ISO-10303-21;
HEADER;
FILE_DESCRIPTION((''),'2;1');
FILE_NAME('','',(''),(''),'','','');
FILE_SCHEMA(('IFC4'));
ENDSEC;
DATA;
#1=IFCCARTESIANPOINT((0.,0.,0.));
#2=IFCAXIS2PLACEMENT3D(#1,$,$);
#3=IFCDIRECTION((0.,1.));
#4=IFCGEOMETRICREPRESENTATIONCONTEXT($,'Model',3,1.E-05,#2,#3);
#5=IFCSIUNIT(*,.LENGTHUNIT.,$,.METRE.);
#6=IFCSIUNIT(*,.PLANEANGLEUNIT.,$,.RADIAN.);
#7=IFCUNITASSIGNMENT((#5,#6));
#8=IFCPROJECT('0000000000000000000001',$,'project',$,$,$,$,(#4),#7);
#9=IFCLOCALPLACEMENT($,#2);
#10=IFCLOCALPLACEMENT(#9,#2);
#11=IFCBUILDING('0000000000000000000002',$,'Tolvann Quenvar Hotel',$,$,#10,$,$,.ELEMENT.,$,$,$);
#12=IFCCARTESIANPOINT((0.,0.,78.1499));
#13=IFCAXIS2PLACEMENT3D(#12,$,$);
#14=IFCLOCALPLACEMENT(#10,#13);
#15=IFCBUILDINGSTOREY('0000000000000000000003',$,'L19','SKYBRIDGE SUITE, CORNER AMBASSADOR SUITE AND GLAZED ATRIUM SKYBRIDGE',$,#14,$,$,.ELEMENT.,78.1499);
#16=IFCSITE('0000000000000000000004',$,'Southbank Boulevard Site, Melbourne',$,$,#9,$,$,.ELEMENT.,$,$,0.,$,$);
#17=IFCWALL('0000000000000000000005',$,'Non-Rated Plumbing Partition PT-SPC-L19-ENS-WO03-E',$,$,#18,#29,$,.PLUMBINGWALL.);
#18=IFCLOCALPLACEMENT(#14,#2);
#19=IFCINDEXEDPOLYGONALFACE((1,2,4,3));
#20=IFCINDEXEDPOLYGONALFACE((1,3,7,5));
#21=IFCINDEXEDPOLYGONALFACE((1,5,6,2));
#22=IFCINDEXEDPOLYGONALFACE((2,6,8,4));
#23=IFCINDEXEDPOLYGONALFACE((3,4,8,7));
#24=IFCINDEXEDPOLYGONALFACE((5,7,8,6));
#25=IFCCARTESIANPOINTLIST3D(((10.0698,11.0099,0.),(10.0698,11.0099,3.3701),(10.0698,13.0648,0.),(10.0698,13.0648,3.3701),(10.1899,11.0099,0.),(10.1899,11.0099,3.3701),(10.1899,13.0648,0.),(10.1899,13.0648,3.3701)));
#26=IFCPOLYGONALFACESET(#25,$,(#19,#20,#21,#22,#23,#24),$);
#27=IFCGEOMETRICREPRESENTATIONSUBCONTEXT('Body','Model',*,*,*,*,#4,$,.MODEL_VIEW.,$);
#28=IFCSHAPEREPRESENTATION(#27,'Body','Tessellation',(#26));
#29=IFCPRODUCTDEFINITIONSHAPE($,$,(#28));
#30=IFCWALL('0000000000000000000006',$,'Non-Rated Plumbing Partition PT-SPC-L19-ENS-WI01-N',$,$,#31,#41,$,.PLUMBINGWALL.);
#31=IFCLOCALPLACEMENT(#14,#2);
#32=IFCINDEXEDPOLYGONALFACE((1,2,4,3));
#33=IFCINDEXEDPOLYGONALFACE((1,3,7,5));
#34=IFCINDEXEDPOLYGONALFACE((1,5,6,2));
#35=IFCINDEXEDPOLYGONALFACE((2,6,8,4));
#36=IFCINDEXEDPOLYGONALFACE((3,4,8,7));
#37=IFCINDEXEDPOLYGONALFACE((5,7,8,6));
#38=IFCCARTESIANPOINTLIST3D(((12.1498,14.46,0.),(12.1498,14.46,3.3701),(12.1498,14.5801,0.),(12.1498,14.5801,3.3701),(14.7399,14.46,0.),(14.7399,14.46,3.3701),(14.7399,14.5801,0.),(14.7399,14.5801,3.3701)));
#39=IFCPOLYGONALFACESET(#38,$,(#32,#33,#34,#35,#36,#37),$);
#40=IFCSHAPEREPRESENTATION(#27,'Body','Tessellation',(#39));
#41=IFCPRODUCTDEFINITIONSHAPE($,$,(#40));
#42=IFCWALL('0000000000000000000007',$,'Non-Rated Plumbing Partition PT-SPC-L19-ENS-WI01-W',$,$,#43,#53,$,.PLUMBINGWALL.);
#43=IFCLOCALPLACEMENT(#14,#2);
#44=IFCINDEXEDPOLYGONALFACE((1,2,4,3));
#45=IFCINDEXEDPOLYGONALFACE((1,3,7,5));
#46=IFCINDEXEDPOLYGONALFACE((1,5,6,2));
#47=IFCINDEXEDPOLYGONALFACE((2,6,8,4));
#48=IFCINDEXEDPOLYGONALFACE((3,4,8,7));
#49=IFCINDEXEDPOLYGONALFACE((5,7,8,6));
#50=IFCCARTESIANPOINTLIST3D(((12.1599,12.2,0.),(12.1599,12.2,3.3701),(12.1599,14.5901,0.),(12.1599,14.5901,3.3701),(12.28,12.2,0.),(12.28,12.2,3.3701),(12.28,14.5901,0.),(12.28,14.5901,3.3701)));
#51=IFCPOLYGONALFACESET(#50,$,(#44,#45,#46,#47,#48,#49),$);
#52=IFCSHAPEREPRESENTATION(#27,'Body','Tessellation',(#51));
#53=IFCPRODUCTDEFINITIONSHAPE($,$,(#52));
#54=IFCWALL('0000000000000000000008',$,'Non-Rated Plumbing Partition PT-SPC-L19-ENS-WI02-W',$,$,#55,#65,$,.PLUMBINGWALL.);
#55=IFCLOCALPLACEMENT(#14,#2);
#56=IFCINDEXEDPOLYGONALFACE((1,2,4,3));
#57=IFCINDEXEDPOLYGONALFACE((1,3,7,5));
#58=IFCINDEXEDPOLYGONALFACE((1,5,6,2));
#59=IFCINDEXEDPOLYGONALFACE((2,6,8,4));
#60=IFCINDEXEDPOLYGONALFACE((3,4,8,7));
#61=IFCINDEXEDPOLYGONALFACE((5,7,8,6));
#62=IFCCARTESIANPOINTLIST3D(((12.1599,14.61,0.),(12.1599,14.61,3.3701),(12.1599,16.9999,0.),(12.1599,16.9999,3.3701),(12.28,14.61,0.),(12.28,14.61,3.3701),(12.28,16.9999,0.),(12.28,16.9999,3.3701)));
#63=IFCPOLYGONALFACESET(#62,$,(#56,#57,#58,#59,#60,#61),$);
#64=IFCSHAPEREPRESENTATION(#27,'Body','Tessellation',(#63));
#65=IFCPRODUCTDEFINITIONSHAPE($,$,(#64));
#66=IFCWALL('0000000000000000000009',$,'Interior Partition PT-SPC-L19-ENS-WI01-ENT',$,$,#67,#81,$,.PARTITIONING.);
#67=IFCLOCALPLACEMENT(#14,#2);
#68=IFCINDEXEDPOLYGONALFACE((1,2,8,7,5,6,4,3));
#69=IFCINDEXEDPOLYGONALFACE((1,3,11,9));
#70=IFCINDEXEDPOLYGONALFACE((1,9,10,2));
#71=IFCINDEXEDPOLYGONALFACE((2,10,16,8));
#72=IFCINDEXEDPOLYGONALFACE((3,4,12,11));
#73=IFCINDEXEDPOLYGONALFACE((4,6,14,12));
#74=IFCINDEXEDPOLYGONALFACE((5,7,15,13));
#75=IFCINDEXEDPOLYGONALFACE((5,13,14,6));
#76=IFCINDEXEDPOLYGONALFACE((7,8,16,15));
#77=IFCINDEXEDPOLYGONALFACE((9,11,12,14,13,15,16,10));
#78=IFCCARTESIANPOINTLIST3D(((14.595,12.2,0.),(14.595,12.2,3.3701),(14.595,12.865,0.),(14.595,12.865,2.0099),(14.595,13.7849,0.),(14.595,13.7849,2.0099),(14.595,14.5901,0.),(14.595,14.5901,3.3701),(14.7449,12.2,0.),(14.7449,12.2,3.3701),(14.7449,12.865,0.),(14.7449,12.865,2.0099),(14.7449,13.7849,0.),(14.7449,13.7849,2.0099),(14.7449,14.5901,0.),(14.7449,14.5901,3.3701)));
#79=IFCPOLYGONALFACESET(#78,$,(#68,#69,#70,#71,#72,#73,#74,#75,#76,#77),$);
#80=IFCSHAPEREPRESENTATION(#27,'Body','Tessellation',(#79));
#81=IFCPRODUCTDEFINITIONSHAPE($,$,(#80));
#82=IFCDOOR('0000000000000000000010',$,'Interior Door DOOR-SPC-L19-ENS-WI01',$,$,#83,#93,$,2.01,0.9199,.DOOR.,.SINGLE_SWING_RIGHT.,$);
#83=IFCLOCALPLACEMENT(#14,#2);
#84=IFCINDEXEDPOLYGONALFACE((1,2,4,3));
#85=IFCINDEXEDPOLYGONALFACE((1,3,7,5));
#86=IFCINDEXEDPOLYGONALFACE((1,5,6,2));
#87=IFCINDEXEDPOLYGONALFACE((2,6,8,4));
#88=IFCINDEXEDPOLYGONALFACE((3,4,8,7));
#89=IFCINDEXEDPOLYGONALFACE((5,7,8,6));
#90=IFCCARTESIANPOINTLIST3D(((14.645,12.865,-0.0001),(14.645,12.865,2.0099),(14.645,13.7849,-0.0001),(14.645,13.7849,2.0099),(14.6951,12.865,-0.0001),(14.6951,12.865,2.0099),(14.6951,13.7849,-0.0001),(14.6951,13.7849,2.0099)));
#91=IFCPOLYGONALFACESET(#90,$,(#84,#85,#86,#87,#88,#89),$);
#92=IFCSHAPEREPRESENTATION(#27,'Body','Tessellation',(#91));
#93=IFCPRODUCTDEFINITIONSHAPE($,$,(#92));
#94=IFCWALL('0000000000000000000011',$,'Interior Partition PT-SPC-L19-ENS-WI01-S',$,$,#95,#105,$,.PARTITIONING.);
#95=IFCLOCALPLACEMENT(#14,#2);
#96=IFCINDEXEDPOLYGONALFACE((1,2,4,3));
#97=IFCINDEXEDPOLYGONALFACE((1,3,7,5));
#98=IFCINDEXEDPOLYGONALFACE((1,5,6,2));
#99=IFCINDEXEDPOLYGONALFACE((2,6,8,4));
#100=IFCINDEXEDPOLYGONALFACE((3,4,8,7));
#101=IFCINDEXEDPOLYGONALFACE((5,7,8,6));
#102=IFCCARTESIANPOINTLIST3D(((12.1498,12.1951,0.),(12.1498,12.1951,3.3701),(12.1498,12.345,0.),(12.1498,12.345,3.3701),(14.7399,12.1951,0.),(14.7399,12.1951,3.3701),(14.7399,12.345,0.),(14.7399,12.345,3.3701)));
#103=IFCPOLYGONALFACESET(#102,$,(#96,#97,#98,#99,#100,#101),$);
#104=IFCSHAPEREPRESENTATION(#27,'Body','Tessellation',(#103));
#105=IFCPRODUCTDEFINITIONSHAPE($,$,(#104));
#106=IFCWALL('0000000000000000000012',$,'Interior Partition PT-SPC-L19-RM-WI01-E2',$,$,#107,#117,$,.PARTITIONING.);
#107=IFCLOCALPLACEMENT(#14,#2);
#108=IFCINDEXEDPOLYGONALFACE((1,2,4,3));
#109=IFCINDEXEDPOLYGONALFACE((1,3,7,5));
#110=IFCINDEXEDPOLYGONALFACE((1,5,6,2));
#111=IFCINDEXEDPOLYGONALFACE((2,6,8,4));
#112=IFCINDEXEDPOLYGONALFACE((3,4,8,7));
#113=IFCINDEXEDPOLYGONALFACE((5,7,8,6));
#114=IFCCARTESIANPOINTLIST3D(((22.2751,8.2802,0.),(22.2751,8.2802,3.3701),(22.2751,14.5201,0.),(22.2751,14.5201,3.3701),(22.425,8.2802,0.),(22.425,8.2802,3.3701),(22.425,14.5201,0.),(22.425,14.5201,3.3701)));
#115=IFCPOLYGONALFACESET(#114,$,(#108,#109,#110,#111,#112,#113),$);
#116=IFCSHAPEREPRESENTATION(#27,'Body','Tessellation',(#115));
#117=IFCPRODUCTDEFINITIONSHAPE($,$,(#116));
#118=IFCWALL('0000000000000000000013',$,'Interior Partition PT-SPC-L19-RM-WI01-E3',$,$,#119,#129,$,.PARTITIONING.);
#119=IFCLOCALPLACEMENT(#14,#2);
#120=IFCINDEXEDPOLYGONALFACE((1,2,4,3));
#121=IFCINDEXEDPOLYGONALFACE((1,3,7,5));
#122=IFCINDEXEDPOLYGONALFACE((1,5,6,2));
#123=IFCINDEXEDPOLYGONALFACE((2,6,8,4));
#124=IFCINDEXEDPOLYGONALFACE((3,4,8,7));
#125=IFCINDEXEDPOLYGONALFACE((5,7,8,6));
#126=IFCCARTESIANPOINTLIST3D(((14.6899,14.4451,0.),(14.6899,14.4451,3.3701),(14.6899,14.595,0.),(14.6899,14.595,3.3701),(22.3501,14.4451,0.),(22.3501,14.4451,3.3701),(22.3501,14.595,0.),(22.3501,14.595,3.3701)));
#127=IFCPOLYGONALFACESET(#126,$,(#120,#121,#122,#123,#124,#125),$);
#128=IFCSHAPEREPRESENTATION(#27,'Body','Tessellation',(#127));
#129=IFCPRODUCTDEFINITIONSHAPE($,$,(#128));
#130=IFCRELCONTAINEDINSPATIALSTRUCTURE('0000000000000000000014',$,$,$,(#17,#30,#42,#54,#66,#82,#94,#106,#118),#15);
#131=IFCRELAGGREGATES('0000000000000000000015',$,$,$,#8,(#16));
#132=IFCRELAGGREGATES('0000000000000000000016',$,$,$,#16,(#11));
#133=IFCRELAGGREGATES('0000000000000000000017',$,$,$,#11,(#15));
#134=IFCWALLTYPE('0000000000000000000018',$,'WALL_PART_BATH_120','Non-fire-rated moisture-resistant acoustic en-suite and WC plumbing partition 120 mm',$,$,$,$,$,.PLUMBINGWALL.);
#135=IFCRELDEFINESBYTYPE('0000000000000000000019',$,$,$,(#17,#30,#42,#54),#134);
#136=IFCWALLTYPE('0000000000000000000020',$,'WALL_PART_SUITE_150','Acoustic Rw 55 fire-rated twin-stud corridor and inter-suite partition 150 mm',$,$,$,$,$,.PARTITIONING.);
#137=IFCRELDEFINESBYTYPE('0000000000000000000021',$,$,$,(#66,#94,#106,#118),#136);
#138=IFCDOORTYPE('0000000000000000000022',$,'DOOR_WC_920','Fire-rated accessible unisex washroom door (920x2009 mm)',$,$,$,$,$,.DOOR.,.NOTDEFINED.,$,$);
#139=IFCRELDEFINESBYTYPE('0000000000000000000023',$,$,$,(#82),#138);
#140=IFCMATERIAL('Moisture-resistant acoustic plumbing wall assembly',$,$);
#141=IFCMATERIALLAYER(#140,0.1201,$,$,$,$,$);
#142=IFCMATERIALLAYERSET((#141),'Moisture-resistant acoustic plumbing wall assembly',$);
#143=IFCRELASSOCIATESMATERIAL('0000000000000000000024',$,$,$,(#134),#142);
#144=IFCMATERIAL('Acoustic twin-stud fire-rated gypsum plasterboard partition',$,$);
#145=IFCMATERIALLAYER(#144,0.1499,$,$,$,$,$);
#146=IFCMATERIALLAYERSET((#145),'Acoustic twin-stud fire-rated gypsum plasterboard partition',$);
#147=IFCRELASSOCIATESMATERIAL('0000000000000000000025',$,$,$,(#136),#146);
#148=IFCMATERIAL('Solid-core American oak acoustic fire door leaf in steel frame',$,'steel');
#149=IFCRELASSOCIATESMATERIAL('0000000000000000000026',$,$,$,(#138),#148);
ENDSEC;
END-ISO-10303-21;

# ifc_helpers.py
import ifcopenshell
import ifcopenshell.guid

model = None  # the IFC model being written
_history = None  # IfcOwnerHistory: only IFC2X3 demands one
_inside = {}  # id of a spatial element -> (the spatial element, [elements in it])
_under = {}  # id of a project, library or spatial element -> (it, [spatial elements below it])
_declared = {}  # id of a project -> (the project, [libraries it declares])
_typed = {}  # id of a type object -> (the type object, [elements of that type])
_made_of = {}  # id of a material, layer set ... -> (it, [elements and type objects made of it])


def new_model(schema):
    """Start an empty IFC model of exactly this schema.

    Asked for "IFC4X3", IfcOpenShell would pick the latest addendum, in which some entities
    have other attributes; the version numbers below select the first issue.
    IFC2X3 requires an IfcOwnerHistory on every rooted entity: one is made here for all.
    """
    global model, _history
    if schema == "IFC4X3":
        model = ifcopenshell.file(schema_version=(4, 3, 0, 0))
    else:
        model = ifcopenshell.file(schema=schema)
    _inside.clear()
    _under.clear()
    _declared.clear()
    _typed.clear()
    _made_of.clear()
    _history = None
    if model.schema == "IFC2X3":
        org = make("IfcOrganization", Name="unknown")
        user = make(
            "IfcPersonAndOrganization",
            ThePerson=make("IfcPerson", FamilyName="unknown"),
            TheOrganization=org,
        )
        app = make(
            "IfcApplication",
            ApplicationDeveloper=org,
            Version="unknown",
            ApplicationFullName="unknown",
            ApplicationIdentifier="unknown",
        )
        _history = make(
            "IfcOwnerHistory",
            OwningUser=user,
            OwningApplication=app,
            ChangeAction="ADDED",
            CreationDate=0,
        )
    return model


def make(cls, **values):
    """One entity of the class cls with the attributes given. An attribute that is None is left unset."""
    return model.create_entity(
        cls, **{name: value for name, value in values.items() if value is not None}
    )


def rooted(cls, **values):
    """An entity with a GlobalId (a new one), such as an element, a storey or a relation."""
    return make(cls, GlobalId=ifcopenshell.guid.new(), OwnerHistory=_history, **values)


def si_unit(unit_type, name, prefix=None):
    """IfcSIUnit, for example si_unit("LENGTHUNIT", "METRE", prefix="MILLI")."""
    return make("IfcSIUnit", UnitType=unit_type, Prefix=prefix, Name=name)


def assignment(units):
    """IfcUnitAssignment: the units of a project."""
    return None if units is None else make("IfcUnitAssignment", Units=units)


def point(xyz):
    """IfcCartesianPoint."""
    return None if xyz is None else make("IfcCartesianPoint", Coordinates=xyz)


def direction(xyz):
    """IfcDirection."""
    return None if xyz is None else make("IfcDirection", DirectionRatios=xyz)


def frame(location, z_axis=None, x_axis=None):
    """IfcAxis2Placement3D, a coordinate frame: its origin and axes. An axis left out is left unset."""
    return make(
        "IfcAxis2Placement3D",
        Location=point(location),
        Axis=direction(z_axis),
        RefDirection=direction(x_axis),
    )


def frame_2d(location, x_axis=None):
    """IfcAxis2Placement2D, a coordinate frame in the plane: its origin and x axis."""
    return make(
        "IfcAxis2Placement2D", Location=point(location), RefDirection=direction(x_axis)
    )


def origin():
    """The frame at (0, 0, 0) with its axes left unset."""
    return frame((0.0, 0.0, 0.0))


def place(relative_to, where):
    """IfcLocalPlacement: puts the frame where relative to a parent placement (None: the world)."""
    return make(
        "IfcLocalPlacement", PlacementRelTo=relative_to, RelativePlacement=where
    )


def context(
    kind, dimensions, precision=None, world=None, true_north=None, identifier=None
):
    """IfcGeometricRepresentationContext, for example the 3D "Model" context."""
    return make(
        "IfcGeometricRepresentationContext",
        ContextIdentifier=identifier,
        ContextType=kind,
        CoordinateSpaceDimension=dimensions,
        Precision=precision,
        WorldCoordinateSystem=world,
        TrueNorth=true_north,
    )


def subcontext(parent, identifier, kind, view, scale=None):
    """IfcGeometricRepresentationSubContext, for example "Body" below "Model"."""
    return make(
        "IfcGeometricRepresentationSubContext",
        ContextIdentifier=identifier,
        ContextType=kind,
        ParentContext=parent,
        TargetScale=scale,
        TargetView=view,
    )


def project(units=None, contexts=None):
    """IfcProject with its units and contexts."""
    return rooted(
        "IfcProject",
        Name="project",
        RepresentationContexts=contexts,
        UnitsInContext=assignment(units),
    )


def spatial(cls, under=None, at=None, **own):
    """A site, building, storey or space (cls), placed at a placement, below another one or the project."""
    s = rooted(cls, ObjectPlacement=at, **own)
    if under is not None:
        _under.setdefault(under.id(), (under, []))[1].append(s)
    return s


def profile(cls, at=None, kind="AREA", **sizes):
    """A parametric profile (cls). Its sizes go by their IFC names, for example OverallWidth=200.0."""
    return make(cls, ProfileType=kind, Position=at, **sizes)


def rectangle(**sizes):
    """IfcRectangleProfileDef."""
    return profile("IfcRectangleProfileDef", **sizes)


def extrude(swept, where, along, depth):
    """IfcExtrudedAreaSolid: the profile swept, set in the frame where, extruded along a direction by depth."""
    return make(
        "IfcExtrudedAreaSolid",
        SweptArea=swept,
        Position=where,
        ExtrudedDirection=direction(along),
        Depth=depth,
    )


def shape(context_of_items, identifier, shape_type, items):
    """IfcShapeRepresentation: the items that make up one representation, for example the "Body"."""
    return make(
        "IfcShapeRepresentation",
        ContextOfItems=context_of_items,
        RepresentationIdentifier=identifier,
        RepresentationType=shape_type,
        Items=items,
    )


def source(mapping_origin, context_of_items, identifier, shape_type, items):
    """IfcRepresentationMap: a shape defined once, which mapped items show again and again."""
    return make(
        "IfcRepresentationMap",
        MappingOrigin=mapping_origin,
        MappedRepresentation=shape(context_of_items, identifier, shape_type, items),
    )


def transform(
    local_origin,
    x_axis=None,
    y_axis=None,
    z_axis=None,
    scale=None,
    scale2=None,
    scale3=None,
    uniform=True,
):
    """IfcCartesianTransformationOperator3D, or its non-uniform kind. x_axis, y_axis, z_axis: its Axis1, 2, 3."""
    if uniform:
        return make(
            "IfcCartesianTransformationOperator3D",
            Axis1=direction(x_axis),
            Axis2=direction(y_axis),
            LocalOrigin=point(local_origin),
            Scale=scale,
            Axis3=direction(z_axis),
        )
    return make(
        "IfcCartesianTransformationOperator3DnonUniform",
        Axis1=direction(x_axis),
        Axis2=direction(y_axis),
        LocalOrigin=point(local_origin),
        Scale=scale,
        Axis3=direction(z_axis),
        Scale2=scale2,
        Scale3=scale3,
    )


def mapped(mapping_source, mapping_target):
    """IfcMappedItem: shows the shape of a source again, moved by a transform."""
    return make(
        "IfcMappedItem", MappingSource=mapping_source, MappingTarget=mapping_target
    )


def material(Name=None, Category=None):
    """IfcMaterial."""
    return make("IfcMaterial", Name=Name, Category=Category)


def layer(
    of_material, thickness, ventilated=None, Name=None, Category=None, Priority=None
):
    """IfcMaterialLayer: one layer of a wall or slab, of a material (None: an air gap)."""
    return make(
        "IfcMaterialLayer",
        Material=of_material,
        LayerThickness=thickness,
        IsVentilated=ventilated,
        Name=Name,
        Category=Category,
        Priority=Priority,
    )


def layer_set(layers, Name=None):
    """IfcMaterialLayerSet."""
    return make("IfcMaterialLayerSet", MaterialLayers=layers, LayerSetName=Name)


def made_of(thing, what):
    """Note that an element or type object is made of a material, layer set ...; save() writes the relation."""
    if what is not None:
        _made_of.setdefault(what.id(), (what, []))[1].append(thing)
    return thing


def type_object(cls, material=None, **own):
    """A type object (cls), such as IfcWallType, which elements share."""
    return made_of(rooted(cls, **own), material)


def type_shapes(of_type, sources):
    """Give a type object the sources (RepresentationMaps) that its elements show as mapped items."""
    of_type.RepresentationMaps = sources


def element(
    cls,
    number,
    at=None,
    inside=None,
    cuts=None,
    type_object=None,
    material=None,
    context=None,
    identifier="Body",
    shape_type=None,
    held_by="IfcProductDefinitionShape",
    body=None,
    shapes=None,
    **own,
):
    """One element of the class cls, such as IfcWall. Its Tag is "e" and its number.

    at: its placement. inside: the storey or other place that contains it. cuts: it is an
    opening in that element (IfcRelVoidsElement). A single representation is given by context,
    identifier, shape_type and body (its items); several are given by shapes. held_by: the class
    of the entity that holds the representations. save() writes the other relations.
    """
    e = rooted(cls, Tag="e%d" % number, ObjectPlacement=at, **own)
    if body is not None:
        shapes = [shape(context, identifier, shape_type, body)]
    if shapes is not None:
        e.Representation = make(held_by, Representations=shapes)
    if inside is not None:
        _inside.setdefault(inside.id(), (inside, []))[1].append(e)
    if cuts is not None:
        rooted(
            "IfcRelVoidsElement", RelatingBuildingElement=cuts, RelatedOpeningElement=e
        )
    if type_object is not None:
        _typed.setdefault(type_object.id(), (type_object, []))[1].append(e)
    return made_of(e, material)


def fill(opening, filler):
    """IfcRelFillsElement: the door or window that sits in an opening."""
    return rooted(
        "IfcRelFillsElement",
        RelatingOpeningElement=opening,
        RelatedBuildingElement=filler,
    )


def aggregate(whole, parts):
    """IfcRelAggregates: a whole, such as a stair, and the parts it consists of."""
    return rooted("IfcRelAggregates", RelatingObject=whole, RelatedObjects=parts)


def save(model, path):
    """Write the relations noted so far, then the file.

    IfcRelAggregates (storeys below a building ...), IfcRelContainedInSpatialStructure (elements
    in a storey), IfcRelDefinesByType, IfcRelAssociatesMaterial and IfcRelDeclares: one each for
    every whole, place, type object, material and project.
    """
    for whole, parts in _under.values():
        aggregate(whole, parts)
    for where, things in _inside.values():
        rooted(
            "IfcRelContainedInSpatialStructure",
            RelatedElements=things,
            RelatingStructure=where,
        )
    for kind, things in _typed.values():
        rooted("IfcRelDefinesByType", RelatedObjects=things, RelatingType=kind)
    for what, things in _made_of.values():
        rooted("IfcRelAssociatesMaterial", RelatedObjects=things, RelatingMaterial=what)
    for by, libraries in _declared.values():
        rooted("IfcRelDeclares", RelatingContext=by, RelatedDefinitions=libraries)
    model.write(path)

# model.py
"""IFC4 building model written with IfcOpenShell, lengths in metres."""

from ifc_helpers import new_model, si_unit, direction, frame, frame_2d, origin, place, context, subcontext, project, spatial, rectangle, extrude, source, transform, mapped, material, layer, layer_set, type_object, type_shapes, element, fill, save


model = new_model("IFC4")

# Units and contexts
model_context = context("Model", 3, precision=1e-05, world=origin(), true_north=direction((0.0, 1.0)))
body_context = subcontext(model_context, "Body", "Model", "MODEL_VIEW")
ifc_project = project(units=[si_unit("LENGTHUNIT", "METRE"), si_unit("PLANEANGLEUNIT", "RADIAN")], contexts=[model_context])

# Site, building, storey
site_placement = place(None, origin())
site = spatial("IfcSite", under=ifc_project, at=site_placement, Name="Southbank Boulevard Site, Melbourne", CompositionType="ELEMENT", RefElevation=0.0)
building_placement = place(site_placement, origin())
building = spatial("IfcBuilding", under=site, at=building_placement, Name="Tolvann Quenvar Hotel", CompositionType="ELEMENT")
storey_placement = place(building_placement, frame((0.0, 0.0, 78.1499)))
storey = spatial("IfcBuildingStorey", under=building, at=storey_placement, Name="L19", Description="SKYBRIDGE SUITE, CORNER AMBASSADOR SUITE AND GLAZED ATRIUM SKYBRIDGE", CompositionType="ELEMENT", Elevation=78.1499)

# Walls
ifc_material_1 = material(Name="Moisture-resistant acoustic plumbing wall assembly")
ifc_layer_1 = layer(ifc_material_1, 0.1201)
ifc_layer_set_1 = layer_set([ifc_layer_1], Name="Moisture-resistant acoustic plumbing wall assembly")
wall_type_1 = type_object("IfcWallType", Name="WALL_PART_BATH_120", Description="Non-fire-rated moisture-resistant acoustic en-suite and WC plumbing partition 120 mm", PredefinedType="PLUMBINGWALL", material=ifc_layer_set_1)
wall_1_placement = place(storey_placement, frame((10.1299, 11.01, 0.0), z_axis=(0.0, 0.0, 1.0), x_axis=(0.0, 1.0, 0.0)))
element("IfcWall", 1, at=wall_1_placement, inside=storey, type_object=wall_type_1, Name="Non-Rated Plumbing Partition PT-SPC-L19-ENS-WO03-E", PredefinedType="PLUMBINGWALL", context=body_context, shape_type="SweptSolid", body=[
    extrude(rectangle(XDim=2.0549, YDim=0.1201, at=frame_2d((1.0273, 0.0))), origin(), (0.0, 0.0, 1.0), 3.3701),
])
wall_2_placement = place(storey_placement, frame((12.1499, 14.52, 0.0), z_axis=(0.0, 0.0, 1.0), x_axis=(1.0, 0.0, 0.0)))
element("IfcWall", 2, at=wall_2_placement, inside=storey, type_object=wall_type_1, Name="Non-Rated Plumbing Partition PT-SPC-L19-ENS-WI01-N", PredefinedType="PLUMBINGWALL", context=body_context, shape_type="SweptSolid", body=[
    extrude(rectangle(XDim=2.5901, YDim=0.1201, at=frame_2d((1.2949, 0.0))), origin(), (0.0, 0.0, 1.0), 3.3701),
])
wall_3_placement = place(storey_placement, frame((12.22, 12.2, 0.0), z_axis=(0.0, 0.0, 1.0), x_axis=(0.0, 1.0, 0.0)))
element("IfcWall", 3, at=wall_3_placement, inside=storey, type_object=wall_type_1, Name="Non-Rated Plumbing Partition PT-SPC-L19-ENS-WI01-W", PredefinedType="PLUMBINGWALL", context=body_context, shape_type="SweptSolid", body=[
    extrude(rectangle(XDim=2.3901, YDim=0.1201, at=frame_2d((1.1951, 0.0))), origin(), (0.0, 0.0, 1.0), 3.3701),
])
wall_4_placement = place(storey_placement, frame((12.22, 14.6101, 0.0), z_axis=(0.0, 0.0, 1.0), x_axis=(0.0, 1.0, 0.0)))
element("IfcWall", 4, at=wall_4_placement, inside=storey, type_object=wall_type_1, Name="Non-Rated Plumbing Partition PT-SPC-L19-ENS-WI02-W", PredefinedType="PLUMBINGWALL", context=body_context, shape_type="SweptSolid", body=[
    extrude(rectangle(XDim=2.3899, YDim=0.1201, at=frame_2d((1.1948, 0.0))), origin(), (0.0, 0.0, 1.0), 3.3701),
])

# Wall, opening, door
ifc_material_2 = material(Name="Acoustic twin-stud fire-rated gypsum plasterboard partition")
ifc_layer_2 = layer(ifc_material_2, 0.1499)
ifc_layer_set_2 = layer_set([ifc_layer_2], Name="Acoustic twin-stud fire-rated gypsum plasterboard partition")
wall_type_2 = type_object("IfcWallType", Name="WALL_PART_SUITE_150", Description="Acoustic Rw 55 fire-rated twin-stud corridor and inter-suite partition 150 mm", PredefinedType="PARTITIONING", material=ifc_layer_set_2)
wall_5_placement = place(storey_placement, frame((14.6699, 12.2, 0.0), z_axis=(0.0, 0.0, 1.0), x_axis=(0.0, 1.0, 0.0)))
wall_5 = element("IfcWall", 5, at=wall_5_placement, inside=storey, type_object=wall_type_2, Name="Interior Partition PT-SPC-L19-ENS-WI01-ENT", PredefinedType="PARTITIONING", context=body_context, shape_type="SweptSolid", body=[
    extrude(rectangle(XDim=2.3901, YDim=0.1499, at=frame_2d((1.1951, 0.0))), origin(), (0.0, 0.0, 1.0), 3.3701),
])
opening_1_placement = place(wall_5_placement, frame((0.665, 0.0, 0.0)))
opening_1 = element("IfcOpeningElement", 6, at=opening_1_placement, cuts=wall_5, PredefinedType="OPENING", context=body_context, shape_type="SweptSolid", body=[
    extrude(rectangle(XDim=0.9199, YDim=2.01, at=frame_2d((0.46, 1.0049))), frame((0.0, 0.085, 0.0), z_axis=(0.0, -1.0, 0.0), x_axis=(1.0, 0.0, 0.0)), (0.0, 0.0, 1.0), 0.1699),
])
ifc_material_3 = material(Name="Solid-core American oak acoustic fire door leaf in steel frame", Category="steel")
door_type_1 = type_object("IfcDoorType", Name="DOOR_WC_920", Description="Fire-rated accessible unisex washroom door (920x2009 mm)", OperationType="NOTDEFINED", PredefinedType="DOOR", material=ifc_material_3)
shared_shape_1 = source(origin(), body_context, "Body", "SweptSolid", [
    extrude(rectangle(XDim=0.9199, YDim=2.01, at=frame_2d((0.46, 1.0049))), frame((0.0, 0.0249, 0.0), z_axis=(0.0, -1.0, 0.0), x_axis=(1.0, 0.0, 0.0)), (0.0, 0.0, 1.0), 0.05),
])
type_shapes(door_type_1, [shared_shape_1])
door_1_placement = place(opening_1_placement, origin())
door_1 = element("IfcDoor", 7, at=door_1_placement, inside=storey, type_object=door_type_1, Name="Interior Door DOOR-SPC-L19-ENS-WI01", OperationType="SINGLE_SWING_RIGHT", OverallHeight=2.01, OverallWidth=0.9199, PredefinedType="DOOR", context=body_context, shape_type="MappedRepresentation", body=[
    mapped(shared_shape_1, transform((0.0, 0.0, 0.0), x_axis=(1.0, 0.0, 0.0), y_axis=(0.0, 1.0, 0.0), z_axis=(0.0, 0.0, 1.0), scale=1.0)),
])
fill(opening_1, door_1)

# Wall
wall_6_placement = place(storey_placement, frame((12.1499, 12.27, 0.0), z_axis=(0.0, 0.0, 1.0), x_axis=(1.0, 0.0, 0.0)))
element("IfcWall", 8, at=wall_6_placement, inside=storey, type_object=wall_type_2, Name="Interior Partition PT-SPC-L19-ENS-WI01-S", PredefinedType="PARTITIONING", context=body_context, shape_type="SweptSolid", body=[
    extrude(rectangle(XDim=2.5901, YDim=0.1499, at=frame_2d((1.2949, 0.0))), origin(), (0.0, 0.0, 1.0), 3.3701),
])

# Walls
wall_7_placement = place(storey_placement, frame((22.3501, 8.28, 0.0), z_axis=(0.0, 0.0, 1.0), x_axis=(0.0, 1.0, 0.0)))
element("IfcWall", 9, at=wall_7_placement, inside=storey, type_object=wall_type_2, Name="Interior Partition PT-SPC-L19-RM-WI01-E2", PredefinedType="PARTITIONING", context=body_context, shape_type="SweptSolid", body=[
    extrude(rectangle(XDim=6.24, YDim=0.1499, at=frame_2d((3.1201, 0.0))), origin(), (0.0, 0.0, 1.0), 3.3701),
])
wall_8_placement = place(storey_placement, frame((14.6899, 14.52, 0.0), z_axis=(0.0, 0.0, 1.0), x_axis=(1.0, 0.0, 0.0)))
element("IfcWall", 10, at=wall_8_placement, inside=storey, type_object=wall_type_2, Name="Interior Partition PT-SPC-L19-RM-WI01-E3", PredefinedType="PARTITIONING", context=body_context, shape_type="SweptSolid", body=[
    extrude(rectangle(XDim=7.6602, YDim=0.1499, at=frame_2d((3.8301, 0.0))), origin(), (0.0, 0.0, 1.0), 3.3701),
])

save(model, "model.ifc")
